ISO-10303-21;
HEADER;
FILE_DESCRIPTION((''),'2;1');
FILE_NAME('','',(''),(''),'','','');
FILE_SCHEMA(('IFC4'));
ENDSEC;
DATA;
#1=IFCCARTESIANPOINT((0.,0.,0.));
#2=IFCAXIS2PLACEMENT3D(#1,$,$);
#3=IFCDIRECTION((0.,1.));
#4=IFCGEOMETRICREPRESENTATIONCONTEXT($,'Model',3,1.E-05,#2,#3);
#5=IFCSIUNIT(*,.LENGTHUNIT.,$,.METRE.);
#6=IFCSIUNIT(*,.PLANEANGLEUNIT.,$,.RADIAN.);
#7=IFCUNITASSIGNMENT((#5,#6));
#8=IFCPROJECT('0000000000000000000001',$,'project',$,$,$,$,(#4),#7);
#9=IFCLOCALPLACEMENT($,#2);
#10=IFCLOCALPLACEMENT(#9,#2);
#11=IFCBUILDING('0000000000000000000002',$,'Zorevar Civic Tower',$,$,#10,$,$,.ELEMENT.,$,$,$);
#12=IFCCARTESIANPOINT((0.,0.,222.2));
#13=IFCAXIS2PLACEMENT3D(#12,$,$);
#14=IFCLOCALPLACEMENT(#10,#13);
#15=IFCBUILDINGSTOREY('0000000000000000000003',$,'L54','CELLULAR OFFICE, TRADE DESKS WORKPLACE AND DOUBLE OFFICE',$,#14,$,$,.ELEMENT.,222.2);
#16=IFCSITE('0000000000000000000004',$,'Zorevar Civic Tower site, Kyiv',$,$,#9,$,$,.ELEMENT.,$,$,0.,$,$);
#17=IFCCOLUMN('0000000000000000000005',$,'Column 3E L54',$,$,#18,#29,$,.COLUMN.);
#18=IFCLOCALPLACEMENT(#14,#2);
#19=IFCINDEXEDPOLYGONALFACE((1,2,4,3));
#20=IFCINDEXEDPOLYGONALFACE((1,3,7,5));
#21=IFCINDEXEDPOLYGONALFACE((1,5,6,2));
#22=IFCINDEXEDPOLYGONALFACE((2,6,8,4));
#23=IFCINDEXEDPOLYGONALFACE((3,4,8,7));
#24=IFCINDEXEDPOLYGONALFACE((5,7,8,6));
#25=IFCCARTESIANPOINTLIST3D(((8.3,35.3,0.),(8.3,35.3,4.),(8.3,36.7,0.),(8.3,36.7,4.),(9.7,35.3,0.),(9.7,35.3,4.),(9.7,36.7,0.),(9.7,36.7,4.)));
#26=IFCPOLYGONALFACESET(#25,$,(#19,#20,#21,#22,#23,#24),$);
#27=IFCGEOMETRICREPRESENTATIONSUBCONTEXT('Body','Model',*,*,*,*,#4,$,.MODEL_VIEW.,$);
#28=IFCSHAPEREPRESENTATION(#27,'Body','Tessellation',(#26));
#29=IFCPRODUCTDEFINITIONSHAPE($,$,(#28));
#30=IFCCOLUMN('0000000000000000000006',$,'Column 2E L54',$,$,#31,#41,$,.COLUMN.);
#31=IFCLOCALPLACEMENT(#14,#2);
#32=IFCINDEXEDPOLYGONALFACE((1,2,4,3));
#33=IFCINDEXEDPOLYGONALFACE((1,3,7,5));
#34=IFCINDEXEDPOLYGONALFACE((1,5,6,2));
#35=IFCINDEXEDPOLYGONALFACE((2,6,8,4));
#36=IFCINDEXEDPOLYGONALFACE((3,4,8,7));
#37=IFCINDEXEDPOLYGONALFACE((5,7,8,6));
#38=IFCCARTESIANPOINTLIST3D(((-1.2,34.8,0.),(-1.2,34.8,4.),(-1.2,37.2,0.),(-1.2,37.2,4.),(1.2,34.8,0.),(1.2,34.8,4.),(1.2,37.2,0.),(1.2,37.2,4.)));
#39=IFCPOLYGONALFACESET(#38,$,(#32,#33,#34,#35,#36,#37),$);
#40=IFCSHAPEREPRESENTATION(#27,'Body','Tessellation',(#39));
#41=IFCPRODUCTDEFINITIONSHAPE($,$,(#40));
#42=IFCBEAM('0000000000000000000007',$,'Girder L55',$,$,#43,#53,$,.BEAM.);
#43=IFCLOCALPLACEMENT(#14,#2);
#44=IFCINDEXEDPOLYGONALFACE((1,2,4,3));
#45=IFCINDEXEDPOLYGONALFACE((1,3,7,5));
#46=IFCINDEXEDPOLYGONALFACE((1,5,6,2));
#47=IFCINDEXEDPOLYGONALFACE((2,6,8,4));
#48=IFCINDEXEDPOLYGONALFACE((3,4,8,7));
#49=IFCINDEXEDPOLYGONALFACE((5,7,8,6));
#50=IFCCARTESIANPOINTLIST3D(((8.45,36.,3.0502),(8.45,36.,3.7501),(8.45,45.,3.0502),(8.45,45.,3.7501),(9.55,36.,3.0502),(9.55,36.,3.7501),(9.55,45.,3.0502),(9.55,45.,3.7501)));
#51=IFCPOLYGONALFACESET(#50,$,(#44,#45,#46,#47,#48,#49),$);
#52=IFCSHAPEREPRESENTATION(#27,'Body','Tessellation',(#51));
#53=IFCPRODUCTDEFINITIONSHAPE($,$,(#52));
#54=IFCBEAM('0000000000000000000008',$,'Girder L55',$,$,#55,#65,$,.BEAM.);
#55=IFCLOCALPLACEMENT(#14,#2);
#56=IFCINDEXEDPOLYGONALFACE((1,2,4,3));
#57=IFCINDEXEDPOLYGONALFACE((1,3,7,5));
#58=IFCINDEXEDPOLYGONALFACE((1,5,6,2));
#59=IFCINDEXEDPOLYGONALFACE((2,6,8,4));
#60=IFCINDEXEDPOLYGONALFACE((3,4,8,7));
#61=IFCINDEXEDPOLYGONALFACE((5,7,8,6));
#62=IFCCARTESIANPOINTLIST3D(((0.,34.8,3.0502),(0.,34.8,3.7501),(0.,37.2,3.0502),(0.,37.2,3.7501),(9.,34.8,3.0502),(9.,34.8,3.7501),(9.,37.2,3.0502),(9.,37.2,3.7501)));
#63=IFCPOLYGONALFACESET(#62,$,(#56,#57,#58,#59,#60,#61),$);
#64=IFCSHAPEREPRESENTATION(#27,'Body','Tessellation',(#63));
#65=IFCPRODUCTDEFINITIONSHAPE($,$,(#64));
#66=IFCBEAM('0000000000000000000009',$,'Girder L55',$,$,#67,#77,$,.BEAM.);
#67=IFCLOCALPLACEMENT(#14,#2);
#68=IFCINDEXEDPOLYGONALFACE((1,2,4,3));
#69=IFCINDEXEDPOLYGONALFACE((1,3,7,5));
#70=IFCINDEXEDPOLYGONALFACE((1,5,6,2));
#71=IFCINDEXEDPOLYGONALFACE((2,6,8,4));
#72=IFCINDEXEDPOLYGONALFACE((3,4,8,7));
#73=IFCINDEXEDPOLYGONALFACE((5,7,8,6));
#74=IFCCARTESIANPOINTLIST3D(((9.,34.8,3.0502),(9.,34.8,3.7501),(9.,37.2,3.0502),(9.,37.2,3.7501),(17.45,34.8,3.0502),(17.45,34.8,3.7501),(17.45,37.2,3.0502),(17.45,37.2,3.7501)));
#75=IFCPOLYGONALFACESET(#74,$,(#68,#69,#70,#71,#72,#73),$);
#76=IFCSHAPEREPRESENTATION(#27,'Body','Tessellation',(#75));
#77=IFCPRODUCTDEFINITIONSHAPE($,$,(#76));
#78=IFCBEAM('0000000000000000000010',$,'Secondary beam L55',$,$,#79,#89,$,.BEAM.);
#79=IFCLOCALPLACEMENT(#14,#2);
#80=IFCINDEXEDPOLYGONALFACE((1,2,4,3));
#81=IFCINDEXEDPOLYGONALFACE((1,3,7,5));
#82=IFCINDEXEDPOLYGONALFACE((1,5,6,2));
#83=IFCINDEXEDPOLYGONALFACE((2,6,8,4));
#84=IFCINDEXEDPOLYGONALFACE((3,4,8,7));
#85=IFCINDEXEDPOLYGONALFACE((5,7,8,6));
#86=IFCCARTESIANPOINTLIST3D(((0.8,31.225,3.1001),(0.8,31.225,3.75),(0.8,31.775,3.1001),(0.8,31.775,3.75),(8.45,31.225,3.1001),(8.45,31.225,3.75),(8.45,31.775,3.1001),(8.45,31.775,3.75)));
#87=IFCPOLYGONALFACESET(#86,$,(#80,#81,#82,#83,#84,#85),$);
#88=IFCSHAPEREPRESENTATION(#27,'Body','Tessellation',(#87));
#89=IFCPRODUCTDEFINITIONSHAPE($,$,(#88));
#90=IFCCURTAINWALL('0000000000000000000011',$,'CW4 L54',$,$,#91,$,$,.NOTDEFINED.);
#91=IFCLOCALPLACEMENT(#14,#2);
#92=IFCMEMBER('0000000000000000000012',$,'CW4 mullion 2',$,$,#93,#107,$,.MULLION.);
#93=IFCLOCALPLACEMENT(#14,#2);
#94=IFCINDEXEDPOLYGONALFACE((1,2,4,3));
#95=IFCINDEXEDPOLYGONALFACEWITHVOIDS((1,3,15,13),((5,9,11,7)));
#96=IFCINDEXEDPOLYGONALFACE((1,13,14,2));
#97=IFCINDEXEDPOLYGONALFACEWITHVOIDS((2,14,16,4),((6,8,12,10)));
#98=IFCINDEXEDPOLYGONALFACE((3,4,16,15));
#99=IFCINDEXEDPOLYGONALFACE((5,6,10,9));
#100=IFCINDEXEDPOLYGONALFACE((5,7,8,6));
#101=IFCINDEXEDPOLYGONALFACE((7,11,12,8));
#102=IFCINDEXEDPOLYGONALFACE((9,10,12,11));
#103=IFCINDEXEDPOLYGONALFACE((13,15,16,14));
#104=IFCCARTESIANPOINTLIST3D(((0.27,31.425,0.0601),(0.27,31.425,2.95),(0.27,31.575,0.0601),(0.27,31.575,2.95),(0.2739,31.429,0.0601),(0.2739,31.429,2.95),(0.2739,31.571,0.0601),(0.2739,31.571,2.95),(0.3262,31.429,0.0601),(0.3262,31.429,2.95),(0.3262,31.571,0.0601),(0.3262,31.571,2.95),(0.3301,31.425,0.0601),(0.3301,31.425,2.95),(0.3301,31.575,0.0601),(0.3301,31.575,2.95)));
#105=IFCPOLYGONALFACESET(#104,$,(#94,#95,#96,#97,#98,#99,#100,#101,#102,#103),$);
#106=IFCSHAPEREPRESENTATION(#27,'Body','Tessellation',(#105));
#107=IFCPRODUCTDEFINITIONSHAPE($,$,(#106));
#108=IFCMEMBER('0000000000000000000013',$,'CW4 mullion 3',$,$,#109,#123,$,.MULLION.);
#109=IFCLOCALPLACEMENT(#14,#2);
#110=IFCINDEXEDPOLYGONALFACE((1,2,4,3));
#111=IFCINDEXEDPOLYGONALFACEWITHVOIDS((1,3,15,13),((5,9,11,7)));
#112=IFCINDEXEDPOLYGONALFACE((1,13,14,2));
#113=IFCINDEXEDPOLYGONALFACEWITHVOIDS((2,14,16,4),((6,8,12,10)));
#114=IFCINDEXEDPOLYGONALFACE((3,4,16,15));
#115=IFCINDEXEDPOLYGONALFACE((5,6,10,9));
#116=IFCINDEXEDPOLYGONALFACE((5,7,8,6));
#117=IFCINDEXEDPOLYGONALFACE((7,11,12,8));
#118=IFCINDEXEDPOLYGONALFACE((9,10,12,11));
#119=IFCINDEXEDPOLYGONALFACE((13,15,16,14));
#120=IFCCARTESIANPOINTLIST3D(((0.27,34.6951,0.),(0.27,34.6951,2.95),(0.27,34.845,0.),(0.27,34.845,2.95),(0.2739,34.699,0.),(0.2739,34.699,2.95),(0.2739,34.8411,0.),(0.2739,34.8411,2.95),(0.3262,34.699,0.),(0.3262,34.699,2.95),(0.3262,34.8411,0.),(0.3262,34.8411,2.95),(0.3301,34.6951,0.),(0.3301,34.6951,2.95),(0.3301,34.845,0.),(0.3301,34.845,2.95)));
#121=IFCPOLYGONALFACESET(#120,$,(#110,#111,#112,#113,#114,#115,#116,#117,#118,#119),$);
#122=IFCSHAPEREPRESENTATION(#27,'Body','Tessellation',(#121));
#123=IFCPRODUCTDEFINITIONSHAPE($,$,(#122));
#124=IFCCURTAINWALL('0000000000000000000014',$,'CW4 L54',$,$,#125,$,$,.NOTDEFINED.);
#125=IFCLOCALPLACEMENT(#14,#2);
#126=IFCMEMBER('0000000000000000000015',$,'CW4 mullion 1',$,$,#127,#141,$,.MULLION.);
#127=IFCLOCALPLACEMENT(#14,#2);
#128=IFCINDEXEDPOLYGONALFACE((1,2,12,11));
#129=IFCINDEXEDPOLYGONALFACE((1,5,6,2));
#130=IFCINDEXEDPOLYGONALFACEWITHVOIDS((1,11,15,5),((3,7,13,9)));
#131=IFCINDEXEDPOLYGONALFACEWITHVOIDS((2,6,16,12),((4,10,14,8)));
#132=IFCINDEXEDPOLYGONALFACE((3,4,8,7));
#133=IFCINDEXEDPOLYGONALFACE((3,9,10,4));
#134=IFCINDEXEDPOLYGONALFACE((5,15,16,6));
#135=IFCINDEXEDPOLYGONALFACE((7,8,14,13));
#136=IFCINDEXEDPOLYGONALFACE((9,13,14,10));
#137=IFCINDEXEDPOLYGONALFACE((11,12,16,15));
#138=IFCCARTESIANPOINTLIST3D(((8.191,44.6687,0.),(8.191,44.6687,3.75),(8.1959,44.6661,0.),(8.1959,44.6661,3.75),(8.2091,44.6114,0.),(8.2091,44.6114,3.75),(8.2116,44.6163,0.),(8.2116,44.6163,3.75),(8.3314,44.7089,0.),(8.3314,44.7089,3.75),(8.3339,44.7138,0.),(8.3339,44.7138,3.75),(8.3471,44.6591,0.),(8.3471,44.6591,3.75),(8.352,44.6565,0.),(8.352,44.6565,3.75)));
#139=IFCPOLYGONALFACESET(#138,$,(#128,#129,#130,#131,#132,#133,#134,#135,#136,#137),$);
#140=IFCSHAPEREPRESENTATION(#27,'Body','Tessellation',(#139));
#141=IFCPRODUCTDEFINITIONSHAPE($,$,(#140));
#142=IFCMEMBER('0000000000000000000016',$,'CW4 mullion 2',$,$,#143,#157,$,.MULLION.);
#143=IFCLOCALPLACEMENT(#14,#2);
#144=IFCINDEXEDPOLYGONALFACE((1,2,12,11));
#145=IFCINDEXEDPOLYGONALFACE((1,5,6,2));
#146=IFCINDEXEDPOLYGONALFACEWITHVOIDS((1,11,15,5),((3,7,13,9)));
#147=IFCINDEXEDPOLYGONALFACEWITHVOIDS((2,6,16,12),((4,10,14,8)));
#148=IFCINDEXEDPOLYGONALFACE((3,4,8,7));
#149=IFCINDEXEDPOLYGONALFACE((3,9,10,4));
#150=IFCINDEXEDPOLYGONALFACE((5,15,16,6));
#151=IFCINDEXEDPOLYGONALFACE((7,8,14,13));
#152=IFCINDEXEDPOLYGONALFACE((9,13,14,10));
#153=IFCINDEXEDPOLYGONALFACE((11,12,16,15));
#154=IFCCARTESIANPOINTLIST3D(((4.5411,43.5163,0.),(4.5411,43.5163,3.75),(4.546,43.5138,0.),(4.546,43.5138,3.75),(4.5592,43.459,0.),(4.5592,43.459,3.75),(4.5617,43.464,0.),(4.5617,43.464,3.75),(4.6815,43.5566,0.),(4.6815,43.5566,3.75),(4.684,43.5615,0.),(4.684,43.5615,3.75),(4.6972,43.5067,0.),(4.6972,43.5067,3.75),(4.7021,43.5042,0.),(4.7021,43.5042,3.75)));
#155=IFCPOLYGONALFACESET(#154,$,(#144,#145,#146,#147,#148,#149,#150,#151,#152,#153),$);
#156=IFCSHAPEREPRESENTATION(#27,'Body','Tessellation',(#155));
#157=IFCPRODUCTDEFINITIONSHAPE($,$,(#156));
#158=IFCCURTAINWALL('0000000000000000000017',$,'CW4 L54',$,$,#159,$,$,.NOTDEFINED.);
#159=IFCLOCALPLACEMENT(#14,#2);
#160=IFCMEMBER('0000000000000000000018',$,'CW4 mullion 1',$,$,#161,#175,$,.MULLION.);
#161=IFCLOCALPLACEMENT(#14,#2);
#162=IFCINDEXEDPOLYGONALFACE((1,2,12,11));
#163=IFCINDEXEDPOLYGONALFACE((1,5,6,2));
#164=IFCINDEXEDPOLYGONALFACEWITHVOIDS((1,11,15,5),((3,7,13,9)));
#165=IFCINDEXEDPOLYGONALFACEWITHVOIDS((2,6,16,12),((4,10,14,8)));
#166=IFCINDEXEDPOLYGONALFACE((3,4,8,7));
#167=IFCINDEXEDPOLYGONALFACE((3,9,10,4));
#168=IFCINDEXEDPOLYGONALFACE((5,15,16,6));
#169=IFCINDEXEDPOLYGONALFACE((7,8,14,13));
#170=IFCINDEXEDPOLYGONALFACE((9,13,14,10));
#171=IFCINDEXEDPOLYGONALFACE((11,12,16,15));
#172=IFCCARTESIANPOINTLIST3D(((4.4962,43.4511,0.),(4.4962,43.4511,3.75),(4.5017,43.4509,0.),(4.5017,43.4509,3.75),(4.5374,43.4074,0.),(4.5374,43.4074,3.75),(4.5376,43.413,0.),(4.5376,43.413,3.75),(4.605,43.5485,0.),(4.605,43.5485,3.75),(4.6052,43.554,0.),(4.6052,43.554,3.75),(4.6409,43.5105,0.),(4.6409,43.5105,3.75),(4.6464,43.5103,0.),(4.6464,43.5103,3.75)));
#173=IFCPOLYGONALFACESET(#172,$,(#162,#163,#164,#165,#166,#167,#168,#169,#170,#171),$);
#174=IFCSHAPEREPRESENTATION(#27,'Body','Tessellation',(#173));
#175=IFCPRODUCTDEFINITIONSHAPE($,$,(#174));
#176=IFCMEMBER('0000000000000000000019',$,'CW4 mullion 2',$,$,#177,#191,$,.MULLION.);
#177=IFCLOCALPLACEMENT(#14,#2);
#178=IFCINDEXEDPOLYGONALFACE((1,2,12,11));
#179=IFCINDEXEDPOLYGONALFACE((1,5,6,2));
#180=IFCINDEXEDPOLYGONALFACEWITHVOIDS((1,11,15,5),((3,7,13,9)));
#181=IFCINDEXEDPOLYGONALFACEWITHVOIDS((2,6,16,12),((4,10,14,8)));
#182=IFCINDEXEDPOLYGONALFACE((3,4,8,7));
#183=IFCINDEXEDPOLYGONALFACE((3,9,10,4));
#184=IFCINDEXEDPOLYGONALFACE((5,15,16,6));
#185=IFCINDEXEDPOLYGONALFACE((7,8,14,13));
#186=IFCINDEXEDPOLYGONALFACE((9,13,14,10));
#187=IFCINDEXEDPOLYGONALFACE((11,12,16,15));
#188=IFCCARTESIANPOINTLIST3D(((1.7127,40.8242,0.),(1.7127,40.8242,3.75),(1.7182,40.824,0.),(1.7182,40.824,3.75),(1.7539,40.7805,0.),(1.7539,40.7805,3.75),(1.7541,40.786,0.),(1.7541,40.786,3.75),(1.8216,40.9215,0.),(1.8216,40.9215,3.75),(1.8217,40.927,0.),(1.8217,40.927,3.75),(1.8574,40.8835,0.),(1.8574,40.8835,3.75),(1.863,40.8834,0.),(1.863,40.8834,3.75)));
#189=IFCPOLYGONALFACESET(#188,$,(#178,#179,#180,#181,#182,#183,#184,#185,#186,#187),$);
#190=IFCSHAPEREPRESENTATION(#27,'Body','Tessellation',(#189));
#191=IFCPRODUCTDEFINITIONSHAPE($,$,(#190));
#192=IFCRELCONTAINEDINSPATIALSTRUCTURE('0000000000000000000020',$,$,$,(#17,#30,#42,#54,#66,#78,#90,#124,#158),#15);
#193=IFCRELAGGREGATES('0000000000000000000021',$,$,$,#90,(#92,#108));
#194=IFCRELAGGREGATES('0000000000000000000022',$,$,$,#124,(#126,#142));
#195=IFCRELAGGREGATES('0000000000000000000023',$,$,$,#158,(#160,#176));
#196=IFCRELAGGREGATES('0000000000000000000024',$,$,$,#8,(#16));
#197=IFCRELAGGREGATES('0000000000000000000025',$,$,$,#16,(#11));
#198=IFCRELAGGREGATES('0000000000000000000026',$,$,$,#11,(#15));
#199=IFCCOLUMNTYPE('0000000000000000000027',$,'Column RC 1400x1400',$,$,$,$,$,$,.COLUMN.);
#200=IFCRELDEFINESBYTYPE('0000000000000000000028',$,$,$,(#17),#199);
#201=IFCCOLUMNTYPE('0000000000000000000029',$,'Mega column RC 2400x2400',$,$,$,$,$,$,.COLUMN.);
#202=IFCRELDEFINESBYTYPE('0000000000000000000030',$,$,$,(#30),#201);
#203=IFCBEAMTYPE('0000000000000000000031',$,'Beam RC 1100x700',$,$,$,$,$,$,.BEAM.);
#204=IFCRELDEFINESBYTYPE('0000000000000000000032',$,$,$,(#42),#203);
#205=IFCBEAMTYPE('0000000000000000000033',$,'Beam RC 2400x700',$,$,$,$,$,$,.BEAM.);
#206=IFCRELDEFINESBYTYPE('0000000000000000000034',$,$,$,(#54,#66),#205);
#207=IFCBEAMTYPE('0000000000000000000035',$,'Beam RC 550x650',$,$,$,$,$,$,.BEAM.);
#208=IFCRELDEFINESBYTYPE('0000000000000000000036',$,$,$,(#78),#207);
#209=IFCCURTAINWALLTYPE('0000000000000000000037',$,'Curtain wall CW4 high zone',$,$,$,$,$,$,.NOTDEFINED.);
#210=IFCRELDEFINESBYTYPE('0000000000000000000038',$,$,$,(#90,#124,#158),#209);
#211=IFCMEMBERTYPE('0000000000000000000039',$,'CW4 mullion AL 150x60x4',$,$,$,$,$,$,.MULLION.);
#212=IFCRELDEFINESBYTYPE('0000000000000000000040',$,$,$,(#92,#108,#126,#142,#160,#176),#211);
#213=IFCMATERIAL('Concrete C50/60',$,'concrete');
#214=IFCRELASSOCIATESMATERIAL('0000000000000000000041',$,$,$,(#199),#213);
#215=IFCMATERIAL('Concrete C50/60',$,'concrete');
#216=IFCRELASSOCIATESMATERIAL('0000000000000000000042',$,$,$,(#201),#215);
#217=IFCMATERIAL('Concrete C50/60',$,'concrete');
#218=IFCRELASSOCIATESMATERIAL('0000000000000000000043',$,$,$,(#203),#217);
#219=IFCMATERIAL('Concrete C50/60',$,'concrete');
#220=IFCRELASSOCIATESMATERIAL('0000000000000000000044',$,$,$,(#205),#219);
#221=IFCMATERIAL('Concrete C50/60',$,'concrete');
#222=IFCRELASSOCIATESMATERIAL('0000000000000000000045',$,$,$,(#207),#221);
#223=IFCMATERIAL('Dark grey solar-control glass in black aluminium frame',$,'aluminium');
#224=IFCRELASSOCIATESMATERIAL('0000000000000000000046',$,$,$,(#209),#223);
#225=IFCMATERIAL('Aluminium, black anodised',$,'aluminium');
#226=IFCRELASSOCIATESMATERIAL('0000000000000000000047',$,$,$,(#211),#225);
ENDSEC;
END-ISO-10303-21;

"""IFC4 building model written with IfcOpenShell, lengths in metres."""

from ifc_helpers import new_model, si_unit, direction, frame, origin, origin_2d, place, context, subcontext, project, spatial, rectangle, hollow_rectangle, extrude, material, material_profile, profile_set, type_object, element, aggregate, save


model = new_model("IFC4")

# Units and contexts
model_context = context("Model", 3, precision=1e-05, world=origin(), true_north=direction((0.0, 1.0)))
body_context = subcontext(model_context, "Body", "Model", "MODEL_VIEW")
ifc_project = project(units=[si_unit("LENGTHUNIT", "METRE"), si_unit("PLANEANGLEUNIT", "RADIAN")], contexts=[model_context])

# Site, building, storey
site_placement = place(None, origin())
site = spatial("IfcSite", under=ifc_project, at=site_placement, Name="Zorevar Civic Tower site, Kyiv", CompositionType="ELEMENT", RefElevation=0.0)
building_placement = place(site_placement, origin())
building = spatial("IfcBuilding", under=site, at=building_placement, Name="Zorevar Civic Tower", CompositionType="ELEMENT")
storey_placement = place(building_placement, frame((0.0, 0.0, 222.2)))
storey = spatial("IfcBuildingStorey", under=building, at=storey_placement, Name="L54", Description="CELLULAR OFFICE, TRADE DESKS WORKPLACE AND DOUBLE OFFICE", CompositionType="ELEMENT", Elevation=222.2)

# Columns
ifc_material_1 = material(Name="Concrete C50/60", Category="concrete")
ifc_material_profile_1 = material_profile(ifc_material_1, rectangle(XDim=1.3999, YDim=1.3999, at=origin_2d()), Name="RC 1400x1400")
ifc_profile_set_1 = profile_set([ifc_material_profile_1], Name="Concrete C50/60")
column_type_1 = type_object("IfcColumnType", Name="Column RC 1400x1400", PredefinedType="COLUMN", material=ifc_profile_set_1)
column_1_placement = place(storey_placement, frame((9.0, 36.0, 0.0), z_axis=(0.0, 0.0, 1.0), x_axis=(1.0, 0.0, 0.0)))
element("IfcColumn", 1, at=column_1_placement, inside=storey, type_object=column_type_1, Name="Column 3E L54", PredefinedType="COLUMN", context=body_context, shape_type="SweptSolid", body=[
    extrude(rectangle(XDim=1.3999, YDim=1.3999, at=origin_2d()), origin(), (0.0, 0.0, 1.0), 4.0),
])
ifc_material_2 = material(Name="Concrete C50/60", Category="concrete")
ifc_material_profile_2 = material_profile(ifc_material_2, rectangle(XDim=2.3999, YDim=2.3999, at=origin_2d()), Name="RC 2400x2400")
ifc_profile_set_2 = profile_set([ifc_material_profile_2], Name="Concrete C50/60")
column_type_2 = type_object("IfcColumnType", Name="Mega column RC 2400x2400", PredefinedType="COLUMN", material=ifc_profile_set_2)
column_2_placement = place(storey_placement, frame((0.0, 36.0, 0.0), z_axis=(0.0, 0.0, 1.0), x_axis=(1.0, 0.0, 0.0)))
element("IfcColumn", 2, at=column_2_placement, inside=storey, type_object=column_type_2, Name="Column 2E L54", PredefinedType="COLUMN", context=body_context, shape_type="SweptSolid", body=[
    extrude(rectangle(XDim=2.3999, YDim=2.3999, at=origin_2d()), origin(), (0.0, 0.0, 1.0), 4.0),
])

# Beams
ifc_material_3 = material(Name="Concrete C50/60", Category="concrete")
ifc_material_profile_3 = material_profile(ifc_material_3, rectangle(XDim=1.1001, YDim=0.7, at=origin_2d()), Name="RC 1100x700")
ifc_profile_set_3 = profile_set([ifc_material_profile_3], Name="Concrete C50/60")
beam_type_1 = type_object("IfcBeamType", Name="Beam RC 1100x700", PredefinedType="BEAM", material=ifc_profile_set_3)
beam_1_placement = place(storey_placement, frame((9.0, 36.0, 3.4001), z_axis=(0.0, 1.0, 0.0), x_axis=(-1.0, 0.0, 0.0)))
element("IfcBeam", 3, at=beam_1_placement, inside=storey, type_object=beam_type_1, Name="Girder L55", PredefinedType="BEAM", context=body_context, shape_type="SweptSolid", body=[
    extrude(rectangle(XDim=1.1001, YDim=0.7, at=origin_2d()), origin(), (0.0, 0.0, 1.0), 9.0),
])
ifc_material_4 = material(Name="Concrete C50/60", Category="concrete")
ifc_material_profile_4 = material_profile(ifc_material_4, rectangle(XDim=2.3999, YDim=0.7, at=origin_2d()), Name="RC 2400x700")
ifc_profile_set_4 = profile_set([ifc_material_profile_4], Name="Concrete C50/60")
beam_type_2 = type_object("IfcBeamType", Name="Beam RC 2400x700", PredefinedType="BEAM", material=ifc_profile_set_4)
beam_2_placement = place(storey_placement, frame((0.0, 36.0, 3.4001), z_axis=(1.0, 0.0, 0.0), x_axis=(0.0, 1.0, 0.0)))
element("IfcBeam", 4, at=beam_2_placement, inside=storey, type_object=beam_type_2, Name="Girder L55", PredefinedType="BEAM", context=body_context, shape_type="SweptSolid", body=[
    extrude(rectangle(XDim=2.3999, YDim=0.7, at=origin_2d()), origin(), (0.0, 0.0, 1.0), 9.0),
])
beam_3_placement = place(storey_placement, frame((9.0, 36.0, 3.4001), z_axis=(1.0, 0.0, 0.0), x_axis=(0.0, 1.0, 0.0)))
element("IfcBeam", 5, at=beam_3_placement, inside=storey, type_object=beam_type_2, Name="Girder L55", PredefinedType="BEAM", context=body_context, shape_type="SweptSolid", body=[
    extrude(rectangle(XDim=2.3999, YDim=0.7, at=origin_2d()), origin(), (0.0, 0.0, 1.0), 8.45),
])
ifc_material_5 = material(Name="Concrete C50/60", Category="concrete")
ifc_material_profile_5 = material_profile(ifc_material_5, rectangle(XDim=0.55, YDim=0.6499, at=origin_2d()), Name="RC 550x650")
ifc_profile_set_5 = profile_set([ifc_material_profile_5], Name="Concrete C50/60")
beam_type_3 = type_object("IfcBeamType", Name="Beam RC 550x650", PredefinedType="BEAM", material=ifc_profile_set_5)
beam_4_placement = place(storey_placement, frame((0.8, 31.5, 3.425), z_axis=(1.0, 0.0, 0.0), x_axis=(0.0, 1.0, 0.0)))
element("IfcBeam", 6, at=beam_4_placement, inside=storey, type_object=beam_type_3, Name="Secondary beam L55", PredefinedType="BEAM", context=body_context, shape_type="SweptSolid", body=[
    extrude(rectangle(XDim=0.55, YDim=0.6499, at=origin_2d()), origin(), (0.0, 0.0, 1.0), 7.6499),
])

# Curtain walls, members
ifc_material_6 = material(Name="Dark grey solar-control glass in black aluminium frame", Category="aluminium")
curtain_wall_type = type_object("IfcCurtainWallType", Name="Curtain wall CW4 high zone", PredefinedType="NOTDEFINED", material=ifc_material_6)
curtain_wall_1_placement = place(storey_placement, origin())
curtain_wall_1 = element("IfcCurtainWall", 7, at=curtain_wall_1_placement, inside=storey, type_object=curtain_wall_type, Name="CW4 L54", PredefinedType="NOTDEFINED")
ifc_material_7 = material(Name="Aluminium, black anodised", Category="aluminium")
ifc_material_profile_6 = material_profile(ifc_material_7, hollow_rectangle(XDim=0.0601, YDim=0.1499, WallThickness=0.0039, at=origin_2d()), Name="AL 150x60x4")
ifc_profile_set_6 = profile_set([ifc_material_profile_6], Name="Aluminium, black anodised")
member_type_1 = type_object("IfcMemberType", Name="CW4 mullion AL 150x60x4", PredefinedType="MULLION", material=ifc_profile_set_6)
member_1_placement = place(storey_placement, frame((0.3, 31.5, 0.0601), z_axis=(0.0, 0.0, 1.0), x_axis=(-1.0, 0.0, 0.0)))
member_1 = element("IfcMember", 8, at=member_1_placement, type_object=member_type_1, Name="CW4 mullion 2", PredefinedType="MULLION", context=body_context, shape_type="SweptSolid", body=[
    extrude(hollow_rectangle(XDim=0.0601, YDim=0.1499, WallThickness=0.0039, at=origin_2d()), origin(), (0.0, 0.0, 1.0), 2.8899),
])
member_2_placement = place(storey_placement, frame((0.3, 34.77, 0.0), z_axis=(0.0, 0.0, 1.0), x_axis=(-1.0, 0.0, 0.0)))
member_2 = element("IfcMember", 9, at=member_2_placement, type_object=member_type_1, Name="CW4 mullion 3", PredefinedType="MULLION", context=body_context, shape_type="SweptSolid", body=[
    extrude(hollow_rectangle(XDim=0.0601, YDim=0.1499, WallThickness=0.0039, at=origin_2d()), origin(), (0.0, 0.0, 1.0), 2.95),
])
curtain_wall_2_placement = place(storey_placement, origin())
curtain_wall_2 = element("IfcCurtainWall", 10, at=curtain_wall_2_placement, inside=storey, type_object=curtain_wall_type, Name="CW4 L54", PredefinedType="NOTDEFINED")
member_3_placement = place(storey_placement, frame((8.2715, 44.6626, 0.0), z_axis=(0.0, 0.0, 1.0), x_axis=(0.301108, -0.95359, 0.0)))
member_3 = element("IfcMember", 11, at=member_3_placement, type_object=member_type_1, Name="CW4 mullion 1", PredefinedType="MULLION", context=body_context, shape_type="SweptSolid", body=[
    extrude(hollow_rectangle(XDim=0.0601, YDim=0.1499, WallThickness=0.0039, at=origin_2d()), origin(), (0.0, 0.0, 1.0), 3.75),
])
member_4_placement = place(storey_placement, frame((4.6216, 43.5103, 0.0), z_axis=(0.0, 0.0, 1.0), x_axis=(0.301108, -0.95359, 0.0)))
member_4 = element("IfcMember", 12, at=member_4_placement, type_object=member_type_1, Name="CW4 mullion 2", PredefinedType="MULLION", context=body_context, shape_type="SweptSolid", body=[
    extrude(hollow_rectangle(XDim=0.0601, YDim=0.1499, WallThickness=0.0039, at=origin_2d()), origin(), (0.0, 0.0, 1.0), 3.75),
])
curtain_wall_3_placement = place(storey_placement, origin())
curtain_wall_3 = element("IfcCurtainWall", 13, at=curtain_wall_3_placement, inside=storey, type_object=curtain_wall_type, Name="CW4 L54", PredefinedType="NOTDEFINED")
member_5_placement = place(storey_placement, frame((4.5713, 43.4807, 0.0), z_axis=(0.0, 0.0, 1.0), x_axis=(0.686378, -0.727245, 0.0)))
member_5 = element("IfcMember", 14, at=member_5_placement, type_object=member_type_1, Name="CW4 mullion 1", PredefinedType="MULLION", context=body_context, shape_type="SweptSolid", body=[
    extrude(hollow_rectangle(XDim=0.0601, YDim=0.1499, WallThickness=0.0039, at=origin_2d()), origin(), (0.0, 0.0, 1.0), 3.75),
])
member_6_placement = place(storey_placement, frame((1.7878, 40.8538, 0.0), z_axis=(0.0, 0.0, 1.0), x_axis=(0.686378, -0.727245, 0.0)))
member_6 = element("IfcMember", 15, at=member_6_placement, type_object=member_type_1, Name="CW4 mullion 2", PredefinedType="MULLION", context=body_context, shape_type="SweptSolid", body=[
    extrude(hollow_rectangle(XDim=0.0601, YDim=0.1499, WallThickness=0.0039, at=origin_2d()), origin(), (0.0, 0.0, 1.0), 3.75),
])

aggregate(curtain_wall_1, [member_1, member_2])
aggregate(curtain_wall_2, [member_3, member_4])
aggregate(curtain_wall_3, [member_5, member_6])

save(model, "model.ifc")
